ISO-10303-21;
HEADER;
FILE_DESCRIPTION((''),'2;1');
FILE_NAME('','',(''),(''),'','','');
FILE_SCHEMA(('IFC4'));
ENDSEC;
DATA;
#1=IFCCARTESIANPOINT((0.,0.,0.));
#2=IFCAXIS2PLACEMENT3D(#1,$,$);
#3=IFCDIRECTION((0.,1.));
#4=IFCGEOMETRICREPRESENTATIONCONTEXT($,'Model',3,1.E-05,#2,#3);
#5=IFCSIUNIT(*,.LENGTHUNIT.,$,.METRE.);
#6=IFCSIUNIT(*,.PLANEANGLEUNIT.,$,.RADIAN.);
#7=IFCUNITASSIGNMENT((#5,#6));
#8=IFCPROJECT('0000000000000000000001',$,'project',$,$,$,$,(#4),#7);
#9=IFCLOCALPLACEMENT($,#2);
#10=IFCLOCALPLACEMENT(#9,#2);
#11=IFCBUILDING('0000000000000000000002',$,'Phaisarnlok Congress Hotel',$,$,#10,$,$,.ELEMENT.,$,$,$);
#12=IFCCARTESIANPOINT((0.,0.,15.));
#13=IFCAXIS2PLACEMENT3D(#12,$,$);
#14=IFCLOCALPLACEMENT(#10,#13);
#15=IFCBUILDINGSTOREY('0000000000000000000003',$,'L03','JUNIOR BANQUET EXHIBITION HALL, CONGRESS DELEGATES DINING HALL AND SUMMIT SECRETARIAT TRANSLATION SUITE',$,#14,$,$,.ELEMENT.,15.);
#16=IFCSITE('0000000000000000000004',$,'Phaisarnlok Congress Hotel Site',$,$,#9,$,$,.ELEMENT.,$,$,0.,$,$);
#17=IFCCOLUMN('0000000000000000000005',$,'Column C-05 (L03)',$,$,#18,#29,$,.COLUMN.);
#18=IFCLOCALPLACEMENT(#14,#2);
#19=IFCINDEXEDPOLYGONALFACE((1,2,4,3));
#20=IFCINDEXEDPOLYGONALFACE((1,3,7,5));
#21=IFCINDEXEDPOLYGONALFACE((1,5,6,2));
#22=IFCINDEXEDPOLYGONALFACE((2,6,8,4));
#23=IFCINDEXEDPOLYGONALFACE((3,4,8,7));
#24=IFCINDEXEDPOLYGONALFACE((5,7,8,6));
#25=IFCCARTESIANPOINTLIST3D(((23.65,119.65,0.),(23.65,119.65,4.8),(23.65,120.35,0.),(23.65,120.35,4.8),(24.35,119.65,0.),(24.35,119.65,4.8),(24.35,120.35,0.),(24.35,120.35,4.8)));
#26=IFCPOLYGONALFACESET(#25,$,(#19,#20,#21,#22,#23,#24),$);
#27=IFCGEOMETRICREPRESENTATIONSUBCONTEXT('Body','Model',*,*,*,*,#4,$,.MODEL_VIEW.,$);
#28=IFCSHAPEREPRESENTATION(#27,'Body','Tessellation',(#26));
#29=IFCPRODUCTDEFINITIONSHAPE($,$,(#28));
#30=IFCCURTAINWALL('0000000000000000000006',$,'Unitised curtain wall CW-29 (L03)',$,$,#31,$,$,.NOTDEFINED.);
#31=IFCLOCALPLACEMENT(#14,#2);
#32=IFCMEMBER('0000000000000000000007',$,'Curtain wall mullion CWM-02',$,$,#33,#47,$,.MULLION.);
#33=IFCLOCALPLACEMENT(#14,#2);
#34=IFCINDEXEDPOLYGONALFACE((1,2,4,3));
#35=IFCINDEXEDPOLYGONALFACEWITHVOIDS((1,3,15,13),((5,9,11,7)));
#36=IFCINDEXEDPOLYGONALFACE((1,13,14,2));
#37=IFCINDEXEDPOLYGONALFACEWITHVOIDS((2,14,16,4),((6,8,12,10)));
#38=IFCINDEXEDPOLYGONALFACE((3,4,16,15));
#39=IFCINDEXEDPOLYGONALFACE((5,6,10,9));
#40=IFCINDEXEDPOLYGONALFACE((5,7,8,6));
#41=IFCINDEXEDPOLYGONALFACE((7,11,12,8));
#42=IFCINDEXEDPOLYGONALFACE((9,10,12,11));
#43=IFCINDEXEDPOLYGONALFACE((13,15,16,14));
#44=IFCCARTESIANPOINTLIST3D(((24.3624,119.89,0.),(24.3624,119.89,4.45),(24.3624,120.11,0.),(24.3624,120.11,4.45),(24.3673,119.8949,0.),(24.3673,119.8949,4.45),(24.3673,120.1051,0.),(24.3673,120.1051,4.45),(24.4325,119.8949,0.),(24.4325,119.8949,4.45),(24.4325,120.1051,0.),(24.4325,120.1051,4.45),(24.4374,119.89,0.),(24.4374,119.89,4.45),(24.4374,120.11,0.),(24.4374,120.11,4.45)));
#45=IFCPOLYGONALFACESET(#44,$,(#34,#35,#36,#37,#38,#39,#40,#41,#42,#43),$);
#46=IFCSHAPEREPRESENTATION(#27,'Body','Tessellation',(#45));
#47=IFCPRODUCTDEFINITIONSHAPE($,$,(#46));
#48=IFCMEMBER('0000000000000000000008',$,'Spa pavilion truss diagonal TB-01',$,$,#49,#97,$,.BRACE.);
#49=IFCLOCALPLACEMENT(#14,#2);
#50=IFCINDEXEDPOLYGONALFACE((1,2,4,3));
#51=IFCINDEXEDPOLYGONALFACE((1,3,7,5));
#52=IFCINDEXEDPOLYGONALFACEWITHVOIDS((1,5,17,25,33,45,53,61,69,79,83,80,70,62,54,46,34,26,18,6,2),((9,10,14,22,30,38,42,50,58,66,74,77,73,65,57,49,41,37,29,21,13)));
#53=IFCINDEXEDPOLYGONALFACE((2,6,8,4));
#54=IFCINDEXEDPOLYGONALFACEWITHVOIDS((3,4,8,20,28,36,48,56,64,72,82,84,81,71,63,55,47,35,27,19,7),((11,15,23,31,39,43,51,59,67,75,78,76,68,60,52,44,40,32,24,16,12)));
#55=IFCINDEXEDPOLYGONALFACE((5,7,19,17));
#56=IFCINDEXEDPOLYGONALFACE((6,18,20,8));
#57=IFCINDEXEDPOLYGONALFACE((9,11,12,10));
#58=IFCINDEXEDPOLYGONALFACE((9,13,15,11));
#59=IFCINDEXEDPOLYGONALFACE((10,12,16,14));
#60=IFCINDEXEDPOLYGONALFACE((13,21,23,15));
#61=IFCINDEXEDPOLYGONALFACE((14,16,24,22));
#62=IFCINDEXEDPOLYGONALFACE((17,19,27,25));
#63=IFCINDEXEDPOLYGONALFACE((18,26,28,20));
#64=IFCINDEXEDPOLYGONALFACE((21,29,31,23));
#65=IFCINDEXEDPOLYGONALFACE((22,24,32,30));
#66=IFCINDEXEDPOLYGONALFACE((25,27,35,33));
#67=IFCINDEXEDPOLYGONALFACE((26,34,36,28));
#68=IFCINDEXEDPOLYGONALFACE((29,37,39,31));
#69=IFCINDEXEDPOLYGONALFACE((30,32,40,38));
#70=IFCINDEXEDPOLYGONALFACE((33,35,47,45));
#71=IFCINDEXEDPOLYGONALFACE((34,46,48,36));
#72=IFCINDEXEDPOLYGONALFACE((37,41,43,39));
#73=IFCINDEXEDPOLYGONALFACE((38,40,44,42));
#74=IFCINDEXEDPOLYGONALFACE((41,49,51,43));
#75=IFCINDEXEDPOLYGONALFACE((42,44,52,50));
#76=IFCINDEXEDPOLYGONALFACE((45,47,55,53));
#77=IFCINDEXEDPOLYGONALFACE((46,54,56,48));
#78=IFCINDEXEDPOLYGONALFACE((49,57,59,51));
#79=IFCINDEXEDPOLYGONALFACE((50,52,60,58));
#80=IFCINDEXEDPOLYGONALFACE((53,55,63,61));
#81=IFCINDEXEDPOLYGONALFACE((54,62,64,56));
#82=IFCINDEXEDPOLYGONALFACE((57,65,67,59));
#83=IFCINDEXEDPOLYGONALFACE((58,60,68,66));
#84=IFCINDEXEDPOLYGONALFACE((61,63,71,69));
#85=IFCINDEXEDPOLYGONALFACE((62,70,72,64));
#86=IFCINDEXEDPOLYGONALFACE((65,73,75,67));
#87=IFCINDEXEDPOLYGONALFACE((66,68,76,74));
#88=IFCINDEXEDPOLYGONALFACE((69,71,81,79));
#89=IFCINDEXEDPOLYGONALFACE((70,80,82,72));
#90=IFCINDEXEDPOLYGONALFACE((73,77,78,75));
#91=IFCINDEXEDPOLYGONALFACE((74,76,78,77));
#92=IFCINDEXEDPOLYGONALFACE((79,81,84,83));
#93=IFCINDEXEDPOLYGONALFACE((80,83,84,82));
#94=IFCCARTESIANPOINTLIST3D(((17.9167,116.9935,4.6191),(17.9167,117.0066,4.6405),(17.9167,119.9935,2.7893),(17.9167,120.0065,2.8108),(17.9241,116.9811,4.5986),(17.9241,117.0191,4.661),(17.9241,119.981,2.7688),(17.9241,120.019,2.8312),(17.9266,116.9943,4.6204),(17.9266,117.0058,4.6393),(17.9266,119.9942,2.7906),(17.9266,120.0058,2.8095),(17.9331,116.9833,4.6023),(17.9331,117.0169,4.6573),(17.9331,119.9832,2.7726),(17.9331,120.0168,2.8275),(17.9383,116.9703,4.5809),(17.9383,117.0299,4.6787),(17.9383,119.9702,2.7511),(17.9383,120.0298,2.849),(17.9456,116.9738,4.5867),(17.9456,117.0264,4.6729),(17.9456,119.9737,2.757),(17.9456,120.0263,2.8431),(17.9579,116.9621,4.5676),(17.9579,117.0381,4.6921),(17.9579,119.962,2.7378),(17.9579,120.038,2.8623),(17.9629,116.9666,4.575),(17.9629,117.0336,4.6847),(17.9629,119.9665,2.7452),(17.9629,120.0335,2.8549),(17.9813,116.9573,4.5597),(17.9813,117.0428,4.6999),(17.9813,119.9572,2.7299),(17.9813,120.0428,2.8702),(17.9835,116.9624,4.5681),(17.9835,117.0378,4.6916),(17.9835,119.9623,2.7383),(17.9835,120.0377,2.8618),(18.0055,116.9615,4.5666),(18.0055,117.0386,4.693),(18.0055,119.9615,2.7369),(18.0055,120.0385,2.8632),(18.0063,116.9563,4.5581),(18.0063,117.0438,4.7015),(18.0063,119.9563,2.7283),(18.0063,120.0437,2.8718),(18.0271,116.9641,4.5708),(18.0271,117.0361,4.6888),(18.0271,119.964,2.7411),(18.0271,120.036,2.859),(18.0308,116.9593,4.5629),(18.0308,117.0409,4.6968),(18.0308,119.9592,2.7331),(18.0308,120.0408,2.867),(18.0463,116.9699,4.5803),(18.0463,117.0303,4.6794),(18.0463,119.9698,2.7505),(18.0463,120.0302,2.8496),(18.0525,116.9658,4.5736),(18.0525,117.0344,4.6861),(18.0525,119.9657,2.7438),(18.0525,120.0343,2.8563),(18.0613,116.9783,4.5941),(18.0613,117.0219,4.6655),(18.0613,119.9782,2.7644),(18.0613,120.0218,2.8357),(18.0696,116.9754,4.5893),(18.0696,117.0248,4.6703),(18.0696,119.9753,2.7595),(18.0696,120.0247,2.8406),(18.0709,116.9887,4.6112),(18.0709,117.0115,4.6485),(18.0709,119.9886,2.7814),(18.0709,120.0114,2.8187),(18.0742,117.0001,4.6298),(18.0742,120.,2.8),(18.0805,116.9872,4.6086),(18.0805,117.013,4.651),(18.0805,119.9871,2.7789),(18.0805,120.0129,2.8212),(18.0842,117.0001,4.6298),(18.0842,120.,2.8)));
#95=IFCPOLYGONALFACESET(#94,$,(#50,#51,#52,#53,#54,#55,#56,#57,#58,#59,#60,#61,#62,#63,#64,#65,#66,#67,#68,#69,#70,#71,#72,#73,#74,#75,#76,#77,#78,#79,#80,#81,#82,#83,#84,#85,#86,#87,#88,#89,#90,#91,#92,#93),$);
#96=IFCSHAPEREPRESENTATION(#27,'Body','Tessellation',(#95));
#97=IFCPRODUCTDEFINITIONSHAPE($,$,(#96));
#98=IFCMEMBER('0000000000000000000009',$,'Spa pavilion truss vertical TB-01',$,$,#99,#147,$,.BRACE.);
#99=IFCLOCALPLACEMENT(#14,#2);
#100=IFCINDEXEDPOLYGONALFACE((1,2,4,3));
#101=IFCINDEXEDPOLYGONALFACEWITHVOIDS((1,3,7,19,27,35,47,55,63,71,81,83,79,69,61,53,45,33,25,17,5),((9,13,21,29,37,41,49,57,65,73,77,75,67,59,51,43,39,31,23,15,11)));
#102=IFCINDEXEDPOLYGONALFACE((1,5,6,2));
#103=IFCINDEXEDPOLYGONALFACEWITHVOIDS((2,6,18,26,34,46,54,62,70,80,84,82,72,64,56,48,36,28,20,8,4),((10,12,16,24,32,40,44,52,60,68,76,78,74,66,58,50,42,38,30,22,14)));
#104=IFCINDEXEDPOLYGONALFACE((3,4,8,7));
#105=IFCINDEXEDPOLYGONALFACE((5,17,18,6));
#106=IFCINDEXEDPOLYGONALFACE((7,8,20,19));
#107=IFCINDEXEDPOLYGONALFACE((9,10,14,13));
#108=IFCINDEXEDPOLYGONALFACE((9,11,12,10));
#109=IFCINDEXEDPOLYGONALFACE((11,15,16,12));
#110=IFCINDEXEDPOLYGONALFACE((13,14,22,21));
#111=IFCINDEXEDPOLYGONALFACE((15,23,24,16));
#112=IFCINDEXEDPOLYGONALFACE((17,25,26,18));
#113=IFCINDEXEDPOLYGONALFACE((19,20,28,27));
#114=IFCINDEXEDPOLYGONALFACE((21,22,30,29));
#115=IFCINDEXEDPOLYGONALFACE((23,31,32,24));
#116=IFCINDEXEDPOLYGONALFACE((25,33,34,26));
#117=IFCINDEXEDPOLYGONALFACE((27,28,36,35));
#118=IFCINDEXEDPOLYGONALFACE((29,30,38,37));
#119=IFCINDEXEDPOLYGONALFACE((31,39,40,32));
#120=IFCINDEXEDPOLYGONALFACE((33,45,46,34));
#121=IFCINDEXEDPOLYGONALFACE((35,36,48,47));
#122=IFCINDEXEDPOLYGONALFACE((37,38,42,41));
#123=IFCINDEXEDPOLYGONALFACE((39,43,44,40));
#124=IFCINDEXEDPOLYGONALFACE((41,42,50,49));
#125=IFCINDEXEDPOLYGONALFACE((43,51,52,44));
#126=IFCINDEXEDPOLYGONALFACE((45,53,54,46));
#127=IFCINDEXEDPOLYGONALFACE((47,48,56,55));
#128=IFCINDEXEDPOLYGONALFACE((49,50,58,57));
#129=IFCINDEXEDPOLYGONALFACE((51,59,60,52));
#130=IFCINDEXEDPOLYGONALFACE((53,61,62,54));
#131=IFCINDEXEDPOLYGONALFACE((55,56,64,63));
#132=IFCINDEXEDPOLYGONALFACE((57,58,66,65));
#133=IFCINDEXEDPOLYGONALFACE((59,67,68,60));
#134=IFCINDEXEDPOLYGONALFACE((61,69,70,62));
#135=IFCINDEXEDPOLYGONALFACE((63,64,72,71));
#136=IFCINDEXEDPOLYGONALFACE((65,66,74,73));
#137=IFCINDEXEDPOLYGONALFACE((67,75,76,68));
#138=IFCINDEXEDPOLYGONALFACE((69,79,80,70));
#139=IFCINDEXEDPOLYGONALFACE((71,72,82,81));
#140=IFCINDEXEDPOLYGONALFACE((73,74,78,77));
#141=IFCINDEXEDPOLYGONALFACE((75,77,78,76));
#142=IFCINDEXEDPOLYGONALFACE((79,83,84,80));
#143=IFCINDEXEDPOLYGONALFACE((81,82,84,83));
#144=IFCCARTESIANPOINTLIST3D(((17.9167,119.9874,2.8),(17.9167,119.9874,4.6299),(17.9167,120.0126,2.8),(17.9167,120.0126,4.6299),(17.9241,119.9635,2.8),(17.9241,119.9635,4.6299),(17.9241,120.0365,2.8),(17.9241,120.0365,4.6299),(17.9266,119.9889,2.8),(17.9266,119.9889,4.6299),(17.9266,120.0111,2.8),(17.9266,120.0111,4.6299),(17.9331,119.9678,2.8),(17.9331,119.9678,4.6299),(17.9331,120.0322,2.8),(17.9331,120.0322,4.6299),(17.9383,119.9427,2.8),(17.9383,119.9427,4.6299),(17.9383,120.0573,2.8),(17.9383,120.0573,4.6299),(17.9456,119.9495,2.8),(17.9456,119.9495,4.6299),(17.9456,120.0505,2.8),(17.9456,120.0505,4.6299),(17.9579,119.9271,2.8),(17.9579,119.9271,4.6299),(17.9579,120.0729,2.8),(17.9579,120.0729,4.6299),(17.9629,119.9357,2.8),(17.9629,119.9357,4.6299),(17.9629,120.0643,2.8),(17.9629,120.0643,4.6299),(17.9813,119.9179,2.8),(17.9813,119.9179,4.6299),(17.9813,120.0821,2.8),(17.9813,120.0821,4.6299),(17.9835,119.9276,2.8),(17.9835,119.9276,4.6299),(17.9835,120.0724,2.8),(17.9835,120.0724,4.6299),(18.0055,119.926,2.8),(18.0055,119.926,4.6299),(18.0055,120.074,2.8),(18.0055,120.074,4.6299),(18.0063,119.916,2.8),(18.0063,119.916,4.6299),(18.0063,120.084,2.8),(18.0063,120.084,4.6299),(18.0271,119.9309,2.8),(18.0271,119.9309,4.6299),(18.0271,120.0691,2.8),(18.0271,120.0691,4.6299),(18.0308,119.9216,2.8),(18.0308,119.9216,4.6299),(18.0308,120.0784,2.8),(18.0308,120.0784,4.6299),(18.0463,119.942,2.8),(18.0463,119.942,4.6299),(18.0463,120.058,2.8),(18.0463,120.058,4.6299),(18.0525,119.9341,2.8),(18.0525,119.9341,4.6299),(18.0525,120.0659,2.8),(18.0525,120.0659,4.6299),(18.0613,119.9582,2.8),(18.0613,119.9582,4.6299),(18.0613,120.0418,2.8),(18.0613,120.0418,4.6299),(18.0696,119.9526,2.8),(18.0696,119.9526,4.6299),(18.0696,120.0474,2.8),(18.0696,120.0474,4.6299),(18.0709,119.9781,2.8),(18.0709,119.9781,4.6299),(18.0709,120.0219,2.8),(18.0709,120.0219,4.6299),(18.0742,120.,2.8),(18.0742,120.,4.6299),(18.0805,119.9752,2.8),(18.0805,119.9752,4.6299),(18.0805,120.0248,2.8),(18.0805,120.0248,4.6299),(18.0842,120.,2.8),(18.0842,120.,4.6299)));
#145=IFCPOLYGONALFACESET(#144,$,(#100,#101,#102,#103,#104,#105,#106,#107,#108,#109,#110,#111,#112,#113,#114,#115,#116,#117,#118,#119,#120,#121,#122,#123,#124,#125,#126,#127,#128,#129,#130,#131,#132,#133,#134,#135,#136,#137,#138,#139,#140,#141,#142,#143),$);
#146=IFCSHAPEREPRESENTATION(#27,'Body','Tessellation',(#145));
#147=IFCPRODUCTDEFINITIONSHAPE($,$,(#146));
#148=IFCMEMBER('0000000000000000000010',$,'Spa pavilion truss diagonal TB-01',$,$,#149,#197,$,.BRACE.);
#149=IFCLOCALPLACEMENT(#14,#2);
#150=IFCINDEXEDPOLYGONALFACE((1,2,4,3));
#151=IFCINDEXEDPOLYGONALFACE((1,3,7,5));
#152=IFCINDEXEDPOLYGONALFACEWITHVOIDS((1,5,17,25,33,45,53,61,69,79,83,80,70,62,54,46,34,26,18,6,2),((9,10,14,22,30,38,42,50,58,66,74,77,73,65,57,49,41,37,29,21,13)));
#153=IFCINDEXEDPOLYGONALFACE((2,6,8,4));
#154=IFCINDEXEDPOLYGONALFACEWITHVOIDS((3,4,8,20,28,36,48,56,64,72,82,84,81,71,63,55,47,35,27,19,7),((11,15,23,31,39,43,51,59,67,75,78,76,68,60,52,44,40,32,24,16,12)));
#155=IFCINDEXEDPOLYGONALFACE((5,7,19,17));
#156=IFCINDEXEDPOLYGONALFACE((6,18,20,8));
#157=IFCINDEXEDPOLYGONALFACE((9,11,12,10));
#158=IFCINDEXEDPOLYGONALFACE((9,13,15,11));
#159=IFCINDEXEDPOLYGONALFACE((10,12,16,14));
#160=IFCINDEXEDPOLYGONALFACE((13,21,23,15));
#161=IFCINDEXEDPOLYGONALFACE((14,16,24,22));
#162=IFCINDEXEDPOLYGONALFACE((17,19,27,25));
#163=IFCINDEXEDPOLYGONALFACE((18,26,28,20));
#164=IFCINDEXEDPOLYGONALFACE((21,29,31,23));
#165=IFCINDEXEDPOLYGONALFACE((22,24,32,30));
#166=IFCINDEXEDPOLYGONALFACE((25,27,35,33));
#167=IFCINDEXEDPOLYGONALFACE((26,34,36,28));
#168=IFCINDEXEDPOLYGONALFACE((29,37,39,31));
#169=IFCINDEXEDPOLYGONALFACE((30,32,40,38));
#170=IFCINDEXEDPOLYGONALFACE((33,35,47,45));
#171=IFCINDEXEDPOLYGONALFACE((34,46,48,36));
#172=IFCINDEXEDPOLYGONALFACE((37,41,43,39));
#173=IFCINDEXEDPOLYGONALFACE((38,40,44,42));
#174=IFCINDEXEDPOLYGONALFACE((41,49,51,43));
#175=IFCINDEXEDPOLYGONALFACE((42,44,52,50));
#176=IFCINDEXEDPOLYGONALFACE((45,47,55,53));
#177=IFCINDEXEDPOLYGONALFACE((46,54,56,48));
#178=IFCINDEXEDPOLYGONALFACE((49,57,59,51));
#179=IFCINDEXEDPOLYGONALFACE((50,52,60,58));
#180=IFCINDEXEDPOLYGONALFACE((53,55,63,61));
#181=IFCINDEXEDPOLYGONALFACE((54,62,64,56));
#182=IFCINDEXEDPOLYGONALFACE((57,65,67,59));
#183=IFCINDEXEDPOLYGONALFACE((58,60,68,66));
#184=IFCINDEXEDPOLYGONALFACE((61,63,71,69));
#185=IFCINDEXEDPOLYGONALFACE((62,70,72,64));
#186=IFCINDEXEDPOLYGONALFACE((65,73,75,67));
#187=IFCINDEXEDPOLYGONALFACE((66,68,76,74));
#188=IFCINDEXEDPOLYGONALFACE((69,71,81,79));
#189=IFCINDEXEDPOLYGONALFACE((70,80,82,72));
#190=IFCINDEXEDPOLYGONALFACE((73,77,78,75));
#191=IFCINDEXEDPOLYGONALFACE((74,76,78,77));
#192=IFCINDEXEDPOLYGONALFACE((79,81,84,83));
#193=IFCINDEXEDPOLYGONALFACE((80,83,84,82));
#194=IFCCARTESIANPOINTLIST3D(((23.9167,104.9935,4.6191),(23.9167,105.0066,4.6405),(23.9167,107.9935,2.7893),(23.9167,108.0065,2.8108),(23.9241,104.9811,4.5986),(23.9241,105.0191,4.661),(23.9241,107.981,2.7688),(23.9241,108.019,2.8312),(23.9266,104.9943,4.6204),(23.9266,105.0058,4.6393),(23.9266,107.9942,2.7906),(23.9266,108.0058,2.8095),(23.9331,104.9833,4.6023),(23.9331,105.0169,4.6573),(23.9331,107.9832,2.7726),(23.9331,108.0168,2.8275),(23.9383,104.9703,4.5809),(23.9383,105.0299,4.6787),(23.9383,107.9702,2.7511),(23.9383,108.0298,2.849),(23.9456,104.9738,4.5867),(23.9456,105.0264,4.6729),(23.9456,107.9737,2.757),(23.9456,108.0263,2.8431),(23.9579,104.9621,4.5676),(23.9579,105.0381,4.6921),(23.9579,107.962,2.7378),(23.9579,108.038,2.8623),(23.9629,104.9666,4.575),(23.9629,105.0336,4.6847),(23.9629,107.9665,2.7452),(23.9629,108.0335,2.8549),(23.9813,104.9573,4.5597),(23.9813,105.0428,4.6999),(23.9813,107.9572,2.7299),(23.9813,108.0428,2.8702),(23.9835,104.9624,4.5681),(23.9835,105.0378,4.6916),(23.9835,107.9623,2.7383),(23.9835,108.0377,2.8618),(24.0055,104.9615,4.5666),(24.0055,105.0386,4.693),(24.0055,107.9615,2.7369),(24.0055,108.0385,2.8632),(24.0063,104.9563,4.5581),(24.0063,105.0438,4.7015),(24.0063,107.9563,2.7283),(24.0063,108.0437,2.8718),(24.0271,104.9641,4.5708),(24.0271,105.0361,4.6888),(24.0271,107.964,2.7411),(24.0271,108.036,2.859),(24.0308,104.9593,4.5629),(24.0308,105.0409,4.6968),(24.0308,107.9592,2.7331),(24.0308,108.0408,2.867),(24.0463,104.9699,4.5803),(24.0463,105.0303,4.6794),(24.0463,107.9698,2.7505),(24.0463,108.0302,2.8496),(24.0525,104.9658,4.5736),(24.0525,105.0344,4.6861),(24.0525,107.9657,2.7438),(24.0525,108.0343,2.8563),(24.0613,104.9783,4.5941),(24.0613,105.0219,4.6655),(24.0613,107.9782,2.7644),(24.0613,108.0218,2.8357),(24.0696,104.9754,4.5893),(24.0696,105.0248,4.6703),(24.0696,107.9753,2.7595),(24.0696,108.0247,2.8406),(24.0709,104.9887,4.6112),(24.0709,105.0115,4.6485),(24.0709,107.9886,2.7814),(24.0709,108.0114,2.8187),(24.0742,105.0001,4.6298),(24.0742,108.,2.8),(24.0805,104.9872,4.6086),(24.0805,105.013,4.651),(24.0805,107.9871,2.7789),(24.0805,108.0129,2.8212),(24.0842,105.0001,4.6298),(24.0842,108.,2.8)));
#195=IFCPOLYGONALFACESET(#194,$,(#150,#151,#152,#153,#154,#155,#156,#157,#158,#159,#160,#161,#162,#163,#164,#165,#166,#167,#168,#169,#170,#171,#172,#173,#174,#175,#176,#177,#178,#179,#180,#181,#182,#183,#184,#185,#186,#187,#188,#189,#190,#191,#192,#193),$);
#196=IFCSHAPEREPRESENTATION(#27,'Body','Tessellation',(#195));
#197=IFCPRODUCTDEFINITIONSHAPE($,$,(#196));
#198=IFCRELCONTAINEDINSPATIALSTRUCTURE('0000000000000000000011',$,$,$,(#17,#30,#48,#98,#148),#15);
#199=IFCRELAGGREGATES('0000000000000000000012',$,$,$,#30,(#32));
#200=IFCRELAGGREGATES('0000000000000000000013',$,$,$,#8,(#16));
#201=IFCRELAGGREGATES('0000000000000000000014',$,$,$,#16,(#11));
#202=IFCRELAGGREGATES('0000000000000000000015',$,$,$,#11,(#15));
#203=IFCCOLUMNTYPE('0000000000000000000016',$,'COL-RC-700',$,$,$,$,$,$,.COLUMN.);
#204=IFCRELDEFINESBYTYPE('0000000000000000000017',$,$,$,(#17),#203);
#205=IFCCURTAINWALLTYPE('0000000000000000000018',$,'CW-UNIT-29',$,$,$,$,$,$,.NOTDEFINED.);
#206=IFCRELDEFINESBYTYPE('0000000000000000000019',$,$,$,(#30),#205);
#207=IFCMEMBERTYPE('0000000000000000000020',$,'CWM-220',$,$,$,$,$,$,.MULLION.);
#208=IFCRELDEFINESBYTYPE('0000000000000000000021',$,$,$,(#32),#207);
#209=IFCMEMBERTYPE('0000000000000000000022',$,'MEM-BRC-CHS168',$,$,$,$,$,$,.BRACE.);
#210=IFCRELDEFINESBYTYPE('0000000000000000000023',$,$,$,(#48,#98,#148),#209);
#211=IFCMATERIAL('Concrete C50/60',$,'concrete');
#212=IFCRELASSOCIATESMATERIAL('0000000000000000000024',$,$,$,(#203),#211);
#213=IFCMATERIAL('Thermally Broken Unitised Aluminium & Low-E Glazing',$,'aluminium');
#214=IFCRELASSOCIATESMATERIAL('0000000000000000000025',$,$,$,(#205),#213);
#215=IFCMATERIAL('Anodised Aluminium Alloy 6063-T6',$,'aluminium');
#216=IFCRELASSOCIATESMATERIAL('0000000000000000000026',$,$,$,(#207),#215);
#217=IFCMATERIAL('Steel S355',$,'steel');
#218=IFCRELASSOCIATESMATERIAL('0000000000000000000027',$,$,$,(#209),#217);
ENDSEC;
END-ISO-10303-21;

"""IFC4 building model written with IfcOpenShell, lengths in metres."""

from ifc_helpers import new_model, si_unit, direction, frame, origin, origin_2d, place, context, subcontext, project, spatial, rectangle, hollow_rectangle, hollow_circle, extrude, material, material_profile, profile_set, type_object, element, aggregate, save


model = new_model("IFC4")

# Units and contexts
model_context = context("Model", 3, precision=1e-05, world=origin(), true_north=direction((0.0, 1.0)))
body_context = subcontext(model_context, "Body", "Model", "MODEL_VIEW")
ifc_project = project(units=[si_unit("LENGTHUNIT", "METRE"), si_unit("PLANEANGLEUNIT", "RADIAN")], contexts=[model_context])

# Site, building, storey
site_placement = place(None, origin())
site = spatial("IfcSite", under=ifc_project, at=site_placement, Name="Phaisarnlok Congress Hotel Site", CompositionType="ELEMENT", RefElevation=0.0)
building_placement = place(site_placement, origin())
building = spatial("IfcBuilding", under=site, at=building_placement, Name="Phaisarnlok Congress Hotel", CompositionType="ELEMENT")
storey_placement = place(building_placement, frame((0.0, 0.0, 15.0)))
storey = spatial("IfcBuildingStorey", under=building, at=storey_placement, Name="L03", Description="JUNIOR BANQUET EXHIBITION HALL, CONGRESS DELEGATES DINING HALL AND SUMMIT SECRETARIAT TRANSLATION SUITE", CompositionType="ELEMENT", Elevation=15.0)

# Column
ifc_material_1 = material(Name="Concrete C50/60", Category="concrete")
ifc_material_profile_1 = material_profile(ifc_material_1, rectangle(XDim=0.7, YDim=0.7, at=origin_2d()), Name="RC 700x700")
ifc_profile_set_1 = profile_set([ifc_material_profile_1], Name="Concrete C50/60")
column_type = type_object("IfcColumnType", Name="COL-RC-700", PredefinedType="COLUMN", material=ifc_profile_set_1)
column_placement = place(storey_placement, frame((24.0, 120.0, 0.0), z_axis=(0.0, 0.0, 1.0), x_axis=(1.0, 0.0, 0.0)))
element("IfcColumn", 1, at=column_placement, inside=storey, type_object=column_type, Name="Column C-05 (L03)", PredefinedType="COLUMN", context=body_context, shape_type="SweptSolid", body=[
    extrude(rectangle(XDim=0.7, YDim=0.7, at=origin_2d()), origin(), (0.0, 0.0, 1.0), 4.8),
])

# Curtain wall, member
ifc_material_2 = material(Name="Thermally Broken Unitised Aluminium & Low-E Glazing", Category="aluminium")
curtain_wall_type = type_object("IfcCurtainWallType", Name="CW-UNIT-29", PredefinedType="NOTDEFINED", material=ifc_material_2)
curtain_wall_placement = place(storey_placement, origin())
curtain_wall = element("IfcCurtainWall", 2, at=curtain_wall_placement, inside=storey, type_object=curtain_wall_type, Name="Unitised curtain wall CW-29 (L03)", PredefinedType="NOTDEFINED")
ifc_material_3 = material(Name="Anodised Aluminium Alloy 6063-T6", Category="aluminium")
ifc_material_profile_2 = material_profile(ifc_material_3, hollow_rectangle(XDim=0.075, YDim=0.22, WallThickness=0.0049, at=origin_2d()), Name="ALU-M 75x220x5")
ifc_profile_set_2 = profile_set([ifc_material_profile_2], Name="Anodised Aluminium Alloy 6063-T6")
member_type_1 = type_object("IfcMemberType", Name="CWM-220", PredefinedType="MULLION", material=ifc_profile_set_2)
member_1_placement = place(storey_placement, frame((24.3999, 120.0, 0.0), z_axis=(0.0, 0.0, 1.0), x_axis=(-1.0, 0.0, 0.0)))
member_1 = element("IfcMember", 3, at=member_1_placement, type_object=member_type_1, Name="Curtain wall mullion CWM-02", PredefinedType="MULLION", context=body_context, shape_type="SweptSolid", body=[
    extrude(hollow_rectangle(XDim=0.075, YDim=0.22, WallThickness=0.0049, at=origin_2d()), origin(), (0.0, 0.0, 1.0), 4.45),
])
aggregate(curtain_wall, [member_1])

# Members
ifc_material_4 = material(Name="Steel S355", Category="steel")
ifc_material_profile_3 = material_profile(ifc_material_4, hollow_circle(Radius=0.0842, WallThickness=0.01, at=origin_2d()), Name="CHS 168.3x10")
ifc_profile_set_3 = profile_set([ifc_material_profile_3], Name="Steel S355")
member_type_2 = type_object("IfcMemberType", Name="MEM-BRC-CHS168", PredefinedType="BRACE", material=ifc_profile_set_3)
member_2_placement = place(storey_placement, frame((18.0, 120.0, 2.8), z_axis=(0.0, -0.853725, 0.520725), x_axis=(1.0, 0.0, 0.0)))
element("IfcMember", 4, at=member_2_placement, inside=storey, type_object=member_type_2, Name="Spa pavilion truss diagonal TB-01", PredefinedType="BRACE", context=body_context, shape_type="SweptSolid", body=[
    extrude(hollow_circle(Radius=0.0842, WallThickness=0.01, at=origin_2d()), origin(), (0.0, 0.0, 1.0), 3.5139),
])
member_3_placement = place(storey_placement, frame((18.0, 120.0, 2.8), z_axis=(0.0, 0.0, 1.0), x_axis=(1.0, 0.0, 0.0)))
element("IfcMember", 5, at=member_3_placement, inside=storey, type_object=member_type_2, Name="Spa pavilion truss vertical TB-01", PredefinedType="BRACE", context=body_context, shape_type="SweptSolid", body=[
    extrude(hollow_circle(Radius=0.0842, WallThickness=0.01, at=origin_2d()), origin(), (0.0, 0.0, 1.0), 1.8298),
])
member_4_placement = place(storey_placement, frame((24.0, 108.0, 2.8), z_axis=(0.0, -0.853725, 0.520725), x_axis=(1.0, 0.0, 0.0)))
element("IfcMember", 6, at=member_4_placement, inside=storey, type_object=member_type_2, Name="Spa pavilion truss diagonal TB-01", PredefinedType="BRACE", context=body_context, shape_type="SweptSolid", body=[
    extrude(hollow_circle(Radius=0.0842, WallThickness=0.01, at=origin_2d()), origin(), (0.0, 0.0, 1.0), 3.5139),
])

save(model, "model.ifc")
